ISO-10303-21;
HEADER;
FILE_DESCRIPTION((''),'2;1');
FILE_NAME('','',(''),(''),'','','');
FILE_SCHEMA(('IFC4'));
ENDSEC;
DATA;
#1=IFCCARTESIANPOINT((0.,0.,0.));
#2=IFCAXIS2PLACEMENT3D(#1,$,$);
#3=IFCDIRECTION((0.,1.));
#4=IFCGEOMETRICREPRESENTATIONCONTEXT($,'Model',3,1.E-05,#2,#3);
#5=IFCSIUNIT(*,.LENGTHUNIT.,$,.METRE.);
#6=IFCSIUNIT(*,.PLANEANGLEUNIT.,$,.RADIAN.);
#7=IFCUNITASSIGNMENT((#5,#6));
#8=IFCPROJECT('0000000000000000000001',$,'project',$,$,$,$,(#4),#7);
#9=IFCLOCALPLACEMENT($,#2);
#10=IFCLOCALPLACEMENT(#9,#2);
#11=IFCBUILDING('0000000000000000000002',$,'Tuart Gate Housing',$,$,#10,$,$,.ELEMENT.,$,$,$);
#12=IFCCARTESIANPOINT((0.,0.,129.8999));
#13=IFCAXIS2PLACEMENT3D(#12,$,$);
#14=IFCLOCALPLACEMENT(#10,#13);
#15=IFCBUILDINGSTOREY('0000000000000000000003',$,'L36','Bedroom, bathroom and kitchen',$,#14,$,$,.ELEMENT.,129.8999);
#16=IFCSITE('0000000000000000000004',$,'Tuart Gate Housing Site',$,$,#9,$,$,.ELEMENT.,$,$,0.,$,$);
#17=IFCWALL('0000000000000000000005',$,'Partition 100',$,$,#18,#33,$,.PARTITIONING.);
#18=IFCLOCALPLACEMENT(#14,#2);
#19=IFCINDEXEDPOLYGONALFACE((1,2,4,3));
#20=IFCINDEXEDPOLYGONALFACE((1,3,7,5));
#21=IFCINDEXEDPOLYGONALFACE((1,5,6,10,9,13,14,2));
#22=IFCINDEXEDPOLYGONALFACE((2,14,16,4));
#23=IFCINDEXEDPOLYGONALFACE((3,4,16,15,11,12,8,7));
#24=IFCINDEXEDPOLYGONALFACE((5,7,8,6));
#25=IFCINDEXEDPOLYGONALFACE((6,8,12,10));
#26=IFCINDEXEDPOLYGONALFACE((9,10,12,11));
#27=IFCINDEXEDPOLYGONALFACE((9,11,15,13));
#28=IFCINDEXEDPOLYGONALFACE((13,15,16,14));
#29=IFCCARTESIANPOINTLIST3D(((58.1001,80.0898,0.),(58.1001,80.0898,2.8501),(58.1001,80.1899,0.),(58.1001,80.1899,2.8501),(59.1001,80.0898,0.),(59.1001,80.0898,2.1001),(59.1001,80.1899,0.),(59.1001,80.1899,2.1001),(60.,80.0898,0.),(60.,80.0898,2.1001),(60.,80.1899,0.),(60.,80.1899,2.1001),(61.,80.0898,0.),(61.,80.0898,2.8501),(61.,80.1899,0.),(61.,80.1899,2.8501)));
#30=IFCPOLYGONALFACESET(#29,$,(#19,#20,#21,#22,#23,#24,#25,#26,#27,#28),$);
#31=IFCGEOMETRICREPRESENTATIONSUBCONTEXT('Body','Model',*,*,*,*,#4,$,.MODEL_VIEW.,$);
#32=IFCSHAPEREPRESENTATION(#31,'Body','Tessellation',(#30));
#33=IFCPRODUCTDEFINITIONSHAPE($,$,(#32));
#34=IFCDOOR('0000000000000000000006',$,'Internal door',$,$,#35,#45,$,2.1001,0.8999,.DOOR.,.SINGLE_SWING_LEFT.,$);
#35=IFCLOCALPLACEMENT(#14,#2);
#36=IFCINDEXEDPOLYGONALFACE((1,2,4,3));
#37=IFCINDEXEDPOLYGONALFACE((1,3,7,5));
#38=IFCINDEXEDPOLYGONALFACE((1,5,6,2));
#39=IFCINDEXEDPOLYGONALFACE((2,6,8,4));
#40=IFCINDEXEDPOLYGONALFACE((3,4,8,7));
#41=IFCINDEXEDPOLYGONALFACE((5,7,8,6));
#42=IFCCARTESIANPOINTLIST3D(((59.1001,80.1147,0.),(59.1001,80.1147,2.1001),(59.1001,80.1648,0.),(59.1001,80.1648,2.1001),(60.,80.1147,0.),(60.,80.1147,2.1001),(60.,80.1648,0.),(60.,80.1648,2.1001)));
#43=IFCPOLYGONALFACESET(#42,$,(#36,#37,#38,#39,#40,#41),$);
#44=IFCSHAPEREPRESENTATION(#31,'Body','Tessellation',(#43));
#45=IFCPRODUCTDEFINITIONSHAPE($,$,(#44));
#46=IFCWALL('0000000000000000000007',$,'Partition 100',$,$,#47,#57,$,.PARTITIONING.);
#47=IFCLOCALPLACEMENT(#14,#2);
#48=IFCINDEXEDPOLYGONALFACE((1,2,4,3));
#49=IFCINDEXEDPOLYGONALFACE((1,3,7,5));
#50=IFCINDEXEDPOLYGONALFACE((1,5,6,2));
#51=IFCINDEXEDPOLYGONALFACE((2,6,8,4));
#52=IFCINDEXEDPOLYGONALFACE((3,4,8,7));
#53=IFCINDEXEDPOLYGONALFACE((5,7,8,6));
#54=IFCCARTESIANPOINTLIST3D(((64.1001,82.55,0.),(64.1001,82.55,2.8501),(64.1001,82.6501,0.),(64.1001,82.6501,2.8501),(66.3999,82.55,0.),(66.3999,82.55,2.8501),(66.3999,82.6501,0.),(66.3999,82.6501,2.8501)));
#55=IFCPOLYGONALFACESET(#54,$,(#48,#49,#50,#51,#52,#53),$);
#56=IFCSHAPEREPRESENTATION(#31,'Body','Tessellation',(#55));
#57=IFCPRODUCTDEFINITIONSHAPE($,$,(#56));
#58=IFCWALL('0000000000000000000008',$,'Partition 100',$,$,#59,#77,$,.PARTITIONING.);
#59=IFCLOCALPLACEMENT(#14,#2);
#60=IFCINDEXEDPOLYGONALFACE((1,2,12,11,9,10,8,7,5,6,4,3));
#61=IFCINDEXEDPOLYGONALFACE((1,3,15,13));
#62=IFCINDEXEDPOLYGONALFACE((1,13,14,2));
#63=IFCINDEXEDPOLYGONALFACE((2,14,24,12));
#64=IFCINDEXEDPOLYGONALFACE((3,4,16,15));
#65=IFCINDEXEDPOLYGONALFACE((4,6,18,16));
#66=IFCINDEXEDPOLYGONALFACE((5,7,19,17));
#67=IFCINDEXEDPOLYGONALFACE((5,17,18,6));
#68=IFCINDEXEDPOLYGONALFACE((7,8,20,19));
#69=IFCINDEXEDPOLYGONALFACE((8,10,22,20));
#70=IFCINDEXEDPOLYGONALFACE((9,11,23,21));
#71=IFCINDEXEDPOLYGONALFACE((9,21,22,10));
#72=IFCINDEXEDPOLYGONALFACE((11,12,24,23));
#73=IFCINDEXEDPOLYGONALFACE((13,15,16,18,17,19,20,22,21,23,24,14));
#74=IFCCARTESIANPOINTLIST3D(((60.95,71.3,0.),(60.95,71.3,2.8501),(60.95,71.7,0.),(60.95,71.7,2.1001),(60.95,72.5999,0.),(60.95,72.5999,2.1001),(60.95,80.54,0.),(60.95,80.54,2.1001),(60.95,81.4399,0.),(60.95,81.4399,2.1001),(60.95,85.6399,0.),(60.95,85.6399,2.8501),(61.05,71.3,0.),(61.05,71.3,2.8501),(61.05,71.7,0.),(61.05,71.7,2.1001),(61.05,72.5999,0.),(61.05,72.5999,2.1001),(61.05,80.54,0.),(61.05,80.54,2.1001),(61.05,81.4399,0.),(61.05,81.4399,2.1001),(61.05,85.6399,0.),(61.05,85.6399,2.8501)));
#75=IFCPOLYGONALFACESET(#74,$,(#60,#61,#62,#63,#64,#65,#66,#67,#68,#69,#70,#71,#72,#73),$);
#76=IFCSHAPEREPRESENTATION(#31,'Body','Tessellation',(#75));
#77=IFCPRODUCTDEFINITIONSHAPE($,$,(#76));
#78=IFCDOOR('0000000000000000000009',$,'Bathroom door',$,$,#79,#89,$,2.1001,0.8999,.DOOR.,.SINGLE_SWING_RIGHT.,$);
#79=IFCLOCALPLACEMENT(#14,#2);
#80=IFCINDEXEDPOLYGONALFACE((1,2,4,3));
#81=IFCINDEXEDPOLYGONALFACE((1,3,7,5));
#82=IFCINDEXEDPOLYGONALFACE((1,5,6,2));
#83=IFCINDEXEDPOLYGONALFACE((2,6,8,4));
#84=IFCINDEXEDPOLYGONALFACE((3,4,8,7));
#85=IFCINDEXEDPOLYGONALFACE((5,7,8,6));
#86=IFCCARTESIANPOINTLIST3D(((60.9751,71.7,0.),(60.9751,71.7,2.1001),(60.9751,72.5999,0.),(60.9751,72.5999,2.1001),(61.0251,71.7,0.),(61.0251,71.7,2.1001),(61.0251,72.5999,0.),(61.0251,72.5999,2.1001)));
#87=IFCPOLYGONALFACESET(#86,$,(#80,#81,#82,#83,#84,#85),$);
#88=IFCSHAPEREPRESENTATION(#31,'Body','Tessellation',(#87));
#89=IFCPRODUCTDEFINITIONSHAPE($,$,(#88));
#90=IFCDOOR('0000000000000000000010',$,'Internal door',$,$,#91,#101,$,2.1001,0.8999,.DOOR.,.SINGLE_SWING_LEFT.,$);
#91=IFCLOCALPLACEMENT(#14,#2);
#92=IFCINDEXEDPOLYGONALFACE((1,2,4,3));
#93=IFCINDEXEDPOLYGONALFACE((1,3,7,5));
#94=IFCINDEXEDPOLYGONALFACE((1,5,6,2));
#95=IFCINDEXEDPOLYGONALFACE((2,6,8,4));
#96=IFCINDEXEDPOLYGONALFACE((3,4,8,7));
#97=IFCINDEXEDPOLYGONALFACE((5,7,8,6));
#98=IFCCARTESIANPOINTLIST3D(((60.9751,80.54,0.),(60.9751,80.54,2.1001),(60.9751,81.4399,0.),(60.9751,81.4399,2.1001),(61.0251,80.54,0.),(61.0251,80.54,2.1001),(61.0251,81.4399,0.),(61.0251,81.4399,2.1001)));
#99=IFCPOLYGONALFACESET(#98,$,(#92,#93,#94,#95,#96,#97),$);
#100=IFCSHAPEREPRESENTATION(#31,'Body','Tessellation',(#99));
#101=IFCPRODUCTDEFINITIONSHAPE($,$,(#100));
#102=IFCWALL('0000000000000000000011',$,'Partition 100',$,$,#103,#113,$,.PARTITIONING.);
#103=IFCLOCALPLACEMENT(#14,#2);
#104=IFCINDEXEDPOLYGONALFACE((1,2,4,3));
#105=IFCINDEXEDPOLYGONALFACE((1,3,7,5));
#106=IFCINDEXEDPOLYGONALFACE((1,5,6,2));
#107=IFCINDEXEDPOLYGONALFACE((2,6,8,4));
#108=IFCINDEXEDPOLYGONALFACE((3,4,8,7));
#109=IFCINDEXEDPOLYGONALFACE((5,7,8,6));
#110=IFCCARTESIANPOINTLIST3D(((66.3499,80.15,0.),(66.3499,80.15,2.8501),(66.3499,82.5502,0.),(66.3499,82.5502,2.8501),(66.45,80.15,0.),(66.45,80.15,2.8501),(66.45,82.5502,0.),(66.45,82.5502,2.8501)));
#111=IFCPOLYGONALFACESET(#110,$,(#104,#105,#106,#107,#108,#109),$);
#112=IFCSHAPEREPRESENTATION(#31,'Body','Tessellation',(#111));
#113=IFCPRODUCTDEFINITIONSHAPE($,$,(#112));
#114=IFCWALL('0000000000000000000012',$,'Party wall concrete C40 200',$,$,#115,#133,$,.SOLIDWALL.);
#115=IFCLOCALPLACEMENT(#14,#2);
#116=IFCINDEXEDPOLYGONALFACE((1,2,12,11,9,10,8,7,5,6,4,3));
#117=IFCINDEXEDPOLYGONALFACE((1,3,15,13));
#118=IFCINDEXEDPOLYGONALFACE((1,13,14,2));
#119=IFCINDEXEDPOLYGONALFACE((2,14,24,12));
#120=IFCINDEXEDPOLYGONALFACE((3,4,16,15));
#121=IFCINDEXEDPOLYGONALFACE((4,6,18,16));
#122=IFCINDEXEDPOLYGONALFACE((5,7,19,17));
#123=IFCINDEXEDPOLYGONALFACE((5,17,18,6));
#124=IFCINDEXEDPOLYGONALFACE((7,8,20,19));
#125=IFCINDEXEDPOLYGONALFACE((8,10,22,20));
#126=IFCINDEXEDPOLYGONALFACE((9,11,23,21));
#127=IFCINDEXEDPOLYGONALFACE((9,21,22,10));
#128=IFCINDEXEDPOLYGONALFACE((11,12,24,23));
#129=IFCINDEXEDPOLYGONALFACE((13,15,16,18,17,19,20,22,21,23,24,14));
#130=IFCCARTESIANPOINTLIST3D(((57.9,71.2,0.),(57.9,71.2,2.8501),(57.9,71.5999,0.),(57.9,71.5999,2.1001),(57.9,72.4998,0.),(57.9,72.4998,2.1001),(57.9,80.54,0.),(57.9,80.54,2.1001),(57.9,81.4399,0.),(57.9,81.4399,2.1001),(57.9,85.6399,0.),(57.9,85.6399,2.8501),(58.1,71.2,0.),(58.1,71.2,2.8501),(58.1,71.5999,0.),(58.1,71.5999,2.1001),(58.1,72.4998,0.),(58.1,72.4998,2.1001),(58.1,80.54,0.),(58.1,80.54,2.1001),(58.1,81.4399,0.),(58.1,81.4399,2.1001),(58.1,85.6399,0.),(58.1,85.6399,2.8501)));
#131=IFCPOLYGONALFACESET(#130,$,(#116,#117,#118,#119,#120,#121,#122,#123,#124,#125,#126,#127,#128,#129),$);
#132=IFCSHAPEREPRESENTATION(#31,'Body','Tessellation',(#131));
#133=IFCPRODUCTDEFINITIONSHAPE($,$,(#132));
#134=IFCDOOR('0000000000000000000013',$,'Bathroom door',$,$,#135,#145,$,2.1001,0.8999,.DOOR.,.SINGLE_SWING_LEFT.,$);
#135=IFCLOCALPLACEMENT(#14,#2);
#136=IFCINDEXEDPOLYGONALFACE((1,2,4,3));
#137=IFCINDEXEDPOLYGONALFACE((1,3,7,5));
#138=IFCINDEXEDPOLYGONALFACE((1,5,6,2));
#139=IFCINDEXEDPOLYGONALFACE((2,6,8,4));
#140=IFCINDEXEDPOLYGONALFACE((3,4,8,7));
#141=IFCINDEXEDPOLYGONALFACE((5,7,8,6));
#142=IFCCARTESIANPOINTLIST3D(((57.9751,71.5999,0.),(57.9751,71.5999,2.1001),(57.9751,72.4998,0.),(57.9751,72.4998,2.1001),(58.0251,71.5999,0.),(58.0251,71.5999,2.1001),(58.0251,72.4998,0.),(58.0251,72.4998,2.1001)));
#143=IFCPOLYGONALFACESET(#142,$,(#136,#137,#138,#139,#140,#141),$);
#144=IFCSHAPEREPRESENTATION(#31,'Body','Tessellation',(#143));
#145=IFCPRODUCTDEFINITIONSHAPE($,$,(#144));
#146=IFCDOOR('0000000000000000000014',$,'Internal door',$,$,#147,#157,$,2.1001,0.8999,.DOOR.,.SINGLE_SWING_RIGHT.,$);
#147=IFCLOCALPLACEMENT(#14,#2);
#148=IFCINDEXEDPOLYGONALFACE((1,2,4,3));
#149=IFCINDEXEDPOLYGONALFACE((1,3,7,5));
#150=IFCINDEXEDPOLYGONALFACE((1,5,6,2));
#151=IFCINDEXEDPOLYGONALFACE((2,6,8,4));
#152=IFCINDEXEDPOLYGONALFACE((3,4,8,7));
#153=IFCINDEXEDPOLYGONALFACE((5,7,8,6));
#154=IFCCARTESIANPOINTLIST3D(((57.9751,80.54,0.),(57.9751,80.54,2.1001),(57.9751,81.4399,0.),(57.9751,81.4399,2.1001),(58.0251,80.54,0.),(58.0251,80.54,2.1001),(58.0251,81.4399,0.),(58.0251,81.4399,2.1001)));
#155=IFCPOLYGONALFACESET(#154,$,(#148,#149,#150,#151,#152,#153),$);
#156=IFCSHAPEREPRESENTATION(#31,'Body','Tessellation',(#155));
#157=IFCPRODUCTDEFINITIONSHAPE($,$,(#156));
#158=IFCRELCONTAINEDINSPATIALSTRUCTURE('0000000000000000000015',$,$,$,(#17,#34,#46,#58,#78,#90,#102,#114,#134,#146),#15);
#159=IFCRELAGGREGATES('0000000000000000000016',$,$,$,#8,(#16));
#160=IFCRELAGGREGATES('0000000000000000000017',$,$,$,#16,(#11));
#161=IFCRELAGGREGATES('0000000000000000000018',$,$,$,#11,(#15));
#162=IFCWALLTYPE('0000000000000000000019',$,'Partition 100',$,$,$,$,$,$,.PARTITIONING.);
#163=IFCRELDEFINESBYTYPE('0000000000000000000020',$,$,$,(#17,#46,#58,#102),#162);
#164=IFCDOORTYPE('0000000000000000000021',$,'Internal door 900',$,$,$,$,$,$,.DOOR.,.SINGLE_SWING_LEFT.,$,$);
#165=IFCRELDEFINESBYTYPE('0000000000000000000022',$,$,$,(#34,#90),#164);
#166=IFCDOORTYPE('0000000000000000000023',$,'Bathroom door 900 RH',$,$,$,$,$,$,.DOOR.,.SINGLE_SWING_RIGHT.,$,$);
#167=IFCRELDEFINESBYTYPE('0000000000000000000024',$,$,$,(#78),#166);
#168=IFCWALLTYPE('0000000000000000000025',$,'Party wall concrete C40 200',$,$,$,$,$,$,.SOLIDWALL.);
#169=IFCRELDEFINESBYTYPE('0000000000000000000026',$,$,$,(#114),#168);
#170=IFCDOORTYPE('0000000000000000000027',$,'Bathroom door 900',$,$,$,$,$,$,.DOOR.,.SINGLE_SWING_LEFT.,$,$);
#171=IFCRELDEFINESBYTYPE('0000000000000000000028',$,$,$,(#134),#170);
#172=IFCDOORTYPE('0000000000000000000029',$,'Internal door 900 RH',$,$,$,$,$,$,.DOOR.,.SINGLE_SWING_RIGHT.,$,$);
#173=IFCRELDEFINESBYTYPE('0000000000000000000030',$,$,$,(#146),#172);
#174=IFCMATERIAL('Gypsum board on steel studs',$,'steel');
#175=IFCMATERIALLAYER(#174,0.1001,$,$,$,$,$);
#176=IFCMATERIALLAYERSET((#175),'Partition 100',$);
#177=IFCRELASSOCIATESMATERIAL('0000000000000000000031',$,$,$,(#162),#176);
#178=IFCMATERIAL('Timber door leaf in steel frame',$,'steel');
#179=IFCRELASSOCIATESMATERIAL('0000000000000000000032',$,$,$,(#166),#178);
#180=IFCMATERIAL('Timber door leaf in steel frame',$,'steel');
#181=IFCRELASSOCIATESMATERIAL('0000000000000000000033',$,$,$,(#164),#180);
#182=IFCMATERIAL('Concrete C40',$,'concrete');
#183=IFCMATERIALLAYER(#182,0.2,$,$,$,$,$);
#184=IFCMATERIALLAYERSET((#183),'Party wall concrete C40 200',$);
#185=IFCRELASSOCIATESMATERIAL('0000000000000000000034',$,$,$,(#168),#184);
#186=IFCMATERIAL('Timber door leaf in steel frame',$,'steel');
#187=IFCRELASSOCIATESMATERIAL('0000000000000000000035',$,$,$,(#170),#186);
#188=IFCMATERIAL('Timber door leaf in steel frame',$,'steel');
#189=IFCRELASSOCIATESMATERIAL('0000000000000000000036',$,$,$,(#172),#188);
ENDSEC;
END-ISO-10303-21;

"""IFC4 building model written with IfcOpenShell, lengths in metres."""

from ifc_helpers import new_model, si_unit, direction, frame, frame_2d, origin, place, context, subcontext, project, spatial, rectangle, extrude, material, layer, layer_set, type_object, element, fill, save


model = new_model("IFC4")

# Units and contexts
model_context = context("Model", 3, precision=1e-05, world=origin(), true_north=direction((0.0, 1.0)))
body_context = subcontext(model_context, "Body", "Model", "MODEL_VIEW")
ifc_project = project(units=[si_unit("LENGTHUNIT", "METRE"), si_unit("PLANEANGLEUNIT", "RADIAN")], contexts=[model_context])

# Site, building, storey
site_placement = place(None, origin())
site = spatial("IfcSite", under=ifc_project, at=site_placement, Name="Tuart Gate Housing Site", CompositionType="ELEMENT", RefElevation=0.0)
building_placement = place(site_placement, origin())
building = spatial("IfcBuilding", under=site, at=building_placement, Name="Tuart Gate Housing", CompositionType="ELEMENT")
storey_placement = place(building_placement, frame((0.0, 0.0, 129.8999)))
storey = spatial("IfcBuildingStorey", under=building, at=storey_placement, Name="L36", Description="Bedroom, bathroom and kitchen", CompositionType="ELEMENT", Elevation=129.8999)

# Shared definitions
ifc_material_1 = material(Name="Gypsum board on steel studs", Category="steel")
ifc_layer_1 = layer(ifc_material_1, 0.1001)
ifc_layer_set_1 = layer_set([ifc_layer_1], Name="Partition 100")
wall_type_1 = type_object("IfcWallType", Name="Partition 100", PredefinedType="PARTITIONING", material=ifc_layer_set_1)

# Shared definitions
ifc_material_2 = material(Name="Timber door leaf in steel frame", Category="steel")
door_type_1 = type_object("IfcDoorType", Name="Bathroom door 900 RH", OperationType="SINGLE_SWING_RIGHT", PredefinedType="DOOR", material=ifc_material_2)
ifc_material_3 = material(Name="Timber door leaf in steel frame", Category="steel")
door_type_2 = type_object("IfcDoorType", Name="Internal door 900", OperationType="SINGLE_SWING_LEFT", PredefinedType="DOOR", material=ifc_material_3)

# Wall, opening, door
wall_1_placement = place(storey_placement, frame((58.1001, 80.1399, 0.0), z_axis=(0.0, 0.0, 1.0), x_axis=(1.0, 0.0, 0.0)))
wall_1 = element("IfcWall", 1, at=wall_1_placement, inside=storey, type_object=wall_type_1, Name="Partition 100", PredefinedType="PARTITIONING", context=body_context, shape_type="SweptSolid", body=[
    extrude(rectangle(XDim=2.8999, YDim=0.1001, at=frame_2d((1.45, 0.0))), origin(), (0.0, 0.0, 1.0), 2.8501),
])
opening_1_placement = place(wall_1_placement, frame((1.0, 0.0, 0.0)))
opening_1 = element("IfcOpeningElement", 2, at=opening_1_placement, cuts=wall_1, PredefinedType="OPENING", context=body_context, shape_type="SweptSolid", body=[
    extrude(rectangle(XDim=0.8999, YDim=2.1001, at=frame_2d((0.45, 1.05))), frame((0.0, 0.0601, 0.0), z_axis=(0.0, -1.0, 0.0), x_axis=(1.0, 0.0, 0.0)), (0.0, 0.0, 1.0), 0.1201),
])
door_1_placement = place(opening_1_placement, frame((0.8999, 0.0, 0.0), z_axis=(0.0, 0.0, 1.0), x_axis=(-1.0, 0.0, 0.0)))
door_1 = element("IfcDoor", 3, at=door_1_placement, inside=storey, type_object=door_type_2, Name="Internal door", OperationType="SINGLE_SWING_LEFT", OverallHeight=2.1001, OverallWidth=0.8999, PredefinedType="DOOR", context=body_context, shape_type="SweptSolid", body=[
    extrude(rectangle(XDim=0.8999, YDim=2.1001, at=frame_2d((0.45, 1.05))), frame((0.0, 0.0251, 0.0), z_axis=(0.0, -1.0, 0.0), x_axis=(1.0, 0.0, 0.0)), (0.0, 0.0, 1.0), 0.05),
])
fill(opening_1, door_1)

# Wall
wall_2_placement = place(storey_placement, frame((64.1001, 82.6001, 0.0), z_axis=(0.0, 0.0, 1.0), x_axis=(1.0, 0.0, 0.0)))
element("IfcWall", 4, at=wall_2_placement, inside=storey, type_object=wall_type_1, Name="Partition 100", PredefinedType="PARTITIONING", context=body_context, shape_type="SweptSolid", body=[
    extrude(rectangle(XDim=2.2998, YDim=0.1001, at=frame_2d((1.1499, 0.0))), origin(), (0.0, 0.0, 1.0), 2.8501),
])

# Wall, openings, doors
wall_3_placement = place(storey_placement, frame((61.0, 71.3, 0.0), z_axis=(0.0, 0.0, 1.0), x_axis=(0.0, 1.0, 0.0)))
wall_3 = element("IfcWall", 5, at=wall_3_placement, inside=storey, type_object=wall_type_1, Name="Partition 100", PredefinedType="PARTITIONING", context=body_context, shape_type="SweptSolid", body=[
    extrude(rectangle(XDim=14.3398, YDim=0.1001, at=frame_2d((7.1699, 0.0))), origin(), (0.0, 0.0, 1.0), 2.8501),
])
opening_2_placement = place(wall_3_placement, frame((9.24, 0.0, 0.0)))
opening_2 = element("IfcOpeningElement", 6, at=opening_2_placement, cuts=wall_3, PredefinedType="OPENING", context=body_context, shape_type="SweptSolid", body=[
    extrude(rectangle(XDim=0.8999, YDim=2.1001, at=frame_2d((0.45, 1.05))), frame((0.0, 0.0601, 0.0), z_axis=(0.0, -1.0, 0.0), x_axis=(1.0, 0.0, 0.0)), (0.0, 0.0, 1.0), 0.1201),
])
opening_3_placement = place(wall_3_placement, frame((0.3999, 0.0, 0.0)))
opening_3 = element("IfcOpeningElement", 7, at=opening_3_placement, cuts=wall_3, PredefinedType="OPENING", context=body_context, shape_type="SweptSolid", body=[
    extrude(rectangle(XDim=0.8999, YDim=2.1001, at=frame_2d((0.45, 1.05))), frame((0.0, 0.0601, 0.0), z_axis=(0.0, -1.0, 0.0), x_axis=(1.0, 0.0, 0.0)), (0.0, 0.0, 1.0), 0.1201),
])
door_2_placement = place(opening_3_placement, frame((0.8999, 0.0, 0.0), z_axis=(0.0, 0.0, 1.0), x_axis=(-1.0, 0.0, 0.0)))
door_2 = element("IfcDoor", 8, at=door_2_placement, inside=storey, type_object=door_type_1, Name="Bathroom door", OperationType="SINGLE_SWING_RIGHT", OverallHeight=2.1001, OverallWidth=0.8999, PredefinedType="DOOR", context=body_context, shape_type="SweptSolid", body=[
    extrude(rectangle(XDim=0.8999, YDim=2.1001, at=frame_2d((0.45, 1.05))), frame((0.0, 0.0251, 0.0), z_axis=(0.0, -1.0, 0.0), x_axis=(1.0, 0.0, 0.0)), (0.0, 0.0, 1.0), 0.05),
])
fill(opening_3, door_2)
door_3_placement = place(opening_2_placement, frame((0.8999, 0.0, 0.0), z_axis=(0.0, 0.0, 1.0), x_axis=(-1.0, 0.0, 0.0)))
door_3 = element("IfcDoor", 9, at=door_3_placement, inside=storey, type_object=door_type_2, Name="Internal door", OperationType="SINGLE_SWING_LEFT", OverallHeight=2.1001, OverallWidth=0.8999, PredefinedType="DOOR", context=body_context, shape_type="SweptSolid", body=[
    extrude(rectangle(XDim=0.8999, YDim=2.1001, at=frame_2d((0.45, 1.05))), frame((0.0, 0.0251, 0.0), z_axis=(0.0, -1.0, 0.0), x_axis=(1.0, 0.0, 0.0)), (0.0, 0.0, 1.0), 0.05),
])
fill(opening_2, door_3)

# Wall
wall_4_placement = place(storey_placement, frame((66.3999, 80.1499, 0.0), z_axis=(0.0, 0.0, 1.0), x_axis=(0.0, 1.0, 0.0)))
element("IfcWall", 10, at=wall_4_placement, inside=storey, type_object=wall_type_1, Name="Partition 100", PredefinedType="PARTITIONING", context=body_context, shape_type="SweptSolid", body=[
    extrude(rectangle(XDim=2.4001, YDim=0.1001, at=frame_2d((1.2002, 0.0))), origin(), (0.0, 0.0, 1.0), 2.8501),
])

# Wall, openings, doors
ifc_material_4 = material(Name="Concrete C40", Category="concrete")
ifc_layer_2 = layer(ifc_material_4, 0.2)
ifc_layer_set_2 = layer_set([ifc_layer_2], Name="Party wall concrete C40 200")
wall_type_2 = type_object("IfcWallType", Name="Party wall concrete C40 200", PredefinedType="SOLIDWALL", material=ifc_layer_set_2)
wall_5_placement = place(storey_placement, frame((58.0, 71.2, 0.0), z_axis=(0.0, 0.0, 1.0), x_axis=(0.0, 1.0, 0.0)))
wall_5 = element("IfcWall", 11, at=wall_5_placement, inside=storey, type_object=wall_type_2, Name="Party wall concrete C40 200", PredefinedType="SOLIDWALL", context=body_context, shape_type="SweptSolid", body=[
    extrude(rectangle(XDim=14.4399, YDim=0.2, at=frame_2d((7.22, 0.0))), origin(), (0.0, 0.0, 1.0), 2.8501),
])
opening_4_placement = place(wall_5_placement, frame((9.3401, 0.0, 0.0)))
opening_4 = element("IfcOpeningElement", 12, at=opening_4_placement, cuts=wall_5, PredefinedType="OPENING", context=body_context, shape_type="SweptSolid", body=[
    extrude(rectangle(XDim=0.8999, YDim=2.1001, at=frame_2d((0.45, 1.05))), frame((0.0, 0.1099, 0.0), z_axis=(0.0, -1.0, 0.0), x_axis=(1.0, 0.0, 0.0)), (0.0, 0.0, 1.0), 0.22),
])
opening_5_placement = place(wall_5_placement, frame((0.3999, 0.0, 0.0)))
opening_5 = element("IfcOpeningElement", 13, at=opening_5_placement, cuts=wall_5, PredefinedType="OPENING", context=body_context, shape_type="SweptSolid", body=[
    extrude(rectangle(XDim=0.8999, YDim=2.1001, at=frame_2d((0.45, 1.05))), frame((0.0, 0.1099, 0.0), z_axis=(0.0, -1.0, 0.0), x_axis=(1.0, 0.0, 0.0)), (0.0, 0.0, 1.0), 0.22),
])
ifc_material_5 = material(Name="Timber door leaf in steel frame", Category="steel")
door_type_3 = type_object("IfcDoorType", Name="Bathroom door 900", OperationType="SINGLE_SWING_LEFT", PredefinedType="DOOR", material=ifc_material_5)
door_4_placement = place(opening_5_placement, origin())
door_4 = element("IfcDoor", 14, at=door_4_placement, inside=storey, type_object=door_type_3, Name="Bathroom door", OperationType="SINGLE_SWING_LEFT", OverallHeight=2.1001, OverallWidth=0.8999, PredefinedType="DOOR", context=body_context, shape_type="SweptSolid", body=[
    extrude(rectangle(XDim=0.8999, YDim=2.1001, at=frame_2d((0.45, 1.05))), frame((0.0, 0.0249, 0.0), z_axis=(0.0, -1.0, 0.0), x_axis=(1.0, 0.0, 0.0)), (0.0, 0.0, 1.0), 0.05),
])
fill(opening_5, door_4)
ifc_material_6 = material(Name="Timber door leaf in steel frame", Category="steel")
door_type_4 = type_object("IfcDoorType", Name="Internal door 900 RH", OperationType="SINGLE_SWING_RIGHT", PredefinedType="DOOR", material=ifc_material_6)
door_5_placement = place(opening_4_placement, origin())
door_5 = element("IfcDoor", 15, at=door_5_placement, inside=storey, type_object=door_type_4, Name="Internal door", OperationType="SINGLE_SWING_RIGHT", OverallHeight=2.1001, OverallWidth=0.8999, PredefinedType="DOOR", context=body_context, shape_type="SweptSolid", body=[
    extrude(rectangle(XDim=0.8999, YDim=2.1001, at=frame_2d((0.45, 1.05))), frame((0.0, 0.0249, 0.0), z_axis=(0.0, -1.0, 0.0), x_axis=(1.0, 0.0, 0.0)), (0.0, 0.0, 1.0), 0.05),
])
fill(opening_4, door_5)

save(model, "model.ifc")
